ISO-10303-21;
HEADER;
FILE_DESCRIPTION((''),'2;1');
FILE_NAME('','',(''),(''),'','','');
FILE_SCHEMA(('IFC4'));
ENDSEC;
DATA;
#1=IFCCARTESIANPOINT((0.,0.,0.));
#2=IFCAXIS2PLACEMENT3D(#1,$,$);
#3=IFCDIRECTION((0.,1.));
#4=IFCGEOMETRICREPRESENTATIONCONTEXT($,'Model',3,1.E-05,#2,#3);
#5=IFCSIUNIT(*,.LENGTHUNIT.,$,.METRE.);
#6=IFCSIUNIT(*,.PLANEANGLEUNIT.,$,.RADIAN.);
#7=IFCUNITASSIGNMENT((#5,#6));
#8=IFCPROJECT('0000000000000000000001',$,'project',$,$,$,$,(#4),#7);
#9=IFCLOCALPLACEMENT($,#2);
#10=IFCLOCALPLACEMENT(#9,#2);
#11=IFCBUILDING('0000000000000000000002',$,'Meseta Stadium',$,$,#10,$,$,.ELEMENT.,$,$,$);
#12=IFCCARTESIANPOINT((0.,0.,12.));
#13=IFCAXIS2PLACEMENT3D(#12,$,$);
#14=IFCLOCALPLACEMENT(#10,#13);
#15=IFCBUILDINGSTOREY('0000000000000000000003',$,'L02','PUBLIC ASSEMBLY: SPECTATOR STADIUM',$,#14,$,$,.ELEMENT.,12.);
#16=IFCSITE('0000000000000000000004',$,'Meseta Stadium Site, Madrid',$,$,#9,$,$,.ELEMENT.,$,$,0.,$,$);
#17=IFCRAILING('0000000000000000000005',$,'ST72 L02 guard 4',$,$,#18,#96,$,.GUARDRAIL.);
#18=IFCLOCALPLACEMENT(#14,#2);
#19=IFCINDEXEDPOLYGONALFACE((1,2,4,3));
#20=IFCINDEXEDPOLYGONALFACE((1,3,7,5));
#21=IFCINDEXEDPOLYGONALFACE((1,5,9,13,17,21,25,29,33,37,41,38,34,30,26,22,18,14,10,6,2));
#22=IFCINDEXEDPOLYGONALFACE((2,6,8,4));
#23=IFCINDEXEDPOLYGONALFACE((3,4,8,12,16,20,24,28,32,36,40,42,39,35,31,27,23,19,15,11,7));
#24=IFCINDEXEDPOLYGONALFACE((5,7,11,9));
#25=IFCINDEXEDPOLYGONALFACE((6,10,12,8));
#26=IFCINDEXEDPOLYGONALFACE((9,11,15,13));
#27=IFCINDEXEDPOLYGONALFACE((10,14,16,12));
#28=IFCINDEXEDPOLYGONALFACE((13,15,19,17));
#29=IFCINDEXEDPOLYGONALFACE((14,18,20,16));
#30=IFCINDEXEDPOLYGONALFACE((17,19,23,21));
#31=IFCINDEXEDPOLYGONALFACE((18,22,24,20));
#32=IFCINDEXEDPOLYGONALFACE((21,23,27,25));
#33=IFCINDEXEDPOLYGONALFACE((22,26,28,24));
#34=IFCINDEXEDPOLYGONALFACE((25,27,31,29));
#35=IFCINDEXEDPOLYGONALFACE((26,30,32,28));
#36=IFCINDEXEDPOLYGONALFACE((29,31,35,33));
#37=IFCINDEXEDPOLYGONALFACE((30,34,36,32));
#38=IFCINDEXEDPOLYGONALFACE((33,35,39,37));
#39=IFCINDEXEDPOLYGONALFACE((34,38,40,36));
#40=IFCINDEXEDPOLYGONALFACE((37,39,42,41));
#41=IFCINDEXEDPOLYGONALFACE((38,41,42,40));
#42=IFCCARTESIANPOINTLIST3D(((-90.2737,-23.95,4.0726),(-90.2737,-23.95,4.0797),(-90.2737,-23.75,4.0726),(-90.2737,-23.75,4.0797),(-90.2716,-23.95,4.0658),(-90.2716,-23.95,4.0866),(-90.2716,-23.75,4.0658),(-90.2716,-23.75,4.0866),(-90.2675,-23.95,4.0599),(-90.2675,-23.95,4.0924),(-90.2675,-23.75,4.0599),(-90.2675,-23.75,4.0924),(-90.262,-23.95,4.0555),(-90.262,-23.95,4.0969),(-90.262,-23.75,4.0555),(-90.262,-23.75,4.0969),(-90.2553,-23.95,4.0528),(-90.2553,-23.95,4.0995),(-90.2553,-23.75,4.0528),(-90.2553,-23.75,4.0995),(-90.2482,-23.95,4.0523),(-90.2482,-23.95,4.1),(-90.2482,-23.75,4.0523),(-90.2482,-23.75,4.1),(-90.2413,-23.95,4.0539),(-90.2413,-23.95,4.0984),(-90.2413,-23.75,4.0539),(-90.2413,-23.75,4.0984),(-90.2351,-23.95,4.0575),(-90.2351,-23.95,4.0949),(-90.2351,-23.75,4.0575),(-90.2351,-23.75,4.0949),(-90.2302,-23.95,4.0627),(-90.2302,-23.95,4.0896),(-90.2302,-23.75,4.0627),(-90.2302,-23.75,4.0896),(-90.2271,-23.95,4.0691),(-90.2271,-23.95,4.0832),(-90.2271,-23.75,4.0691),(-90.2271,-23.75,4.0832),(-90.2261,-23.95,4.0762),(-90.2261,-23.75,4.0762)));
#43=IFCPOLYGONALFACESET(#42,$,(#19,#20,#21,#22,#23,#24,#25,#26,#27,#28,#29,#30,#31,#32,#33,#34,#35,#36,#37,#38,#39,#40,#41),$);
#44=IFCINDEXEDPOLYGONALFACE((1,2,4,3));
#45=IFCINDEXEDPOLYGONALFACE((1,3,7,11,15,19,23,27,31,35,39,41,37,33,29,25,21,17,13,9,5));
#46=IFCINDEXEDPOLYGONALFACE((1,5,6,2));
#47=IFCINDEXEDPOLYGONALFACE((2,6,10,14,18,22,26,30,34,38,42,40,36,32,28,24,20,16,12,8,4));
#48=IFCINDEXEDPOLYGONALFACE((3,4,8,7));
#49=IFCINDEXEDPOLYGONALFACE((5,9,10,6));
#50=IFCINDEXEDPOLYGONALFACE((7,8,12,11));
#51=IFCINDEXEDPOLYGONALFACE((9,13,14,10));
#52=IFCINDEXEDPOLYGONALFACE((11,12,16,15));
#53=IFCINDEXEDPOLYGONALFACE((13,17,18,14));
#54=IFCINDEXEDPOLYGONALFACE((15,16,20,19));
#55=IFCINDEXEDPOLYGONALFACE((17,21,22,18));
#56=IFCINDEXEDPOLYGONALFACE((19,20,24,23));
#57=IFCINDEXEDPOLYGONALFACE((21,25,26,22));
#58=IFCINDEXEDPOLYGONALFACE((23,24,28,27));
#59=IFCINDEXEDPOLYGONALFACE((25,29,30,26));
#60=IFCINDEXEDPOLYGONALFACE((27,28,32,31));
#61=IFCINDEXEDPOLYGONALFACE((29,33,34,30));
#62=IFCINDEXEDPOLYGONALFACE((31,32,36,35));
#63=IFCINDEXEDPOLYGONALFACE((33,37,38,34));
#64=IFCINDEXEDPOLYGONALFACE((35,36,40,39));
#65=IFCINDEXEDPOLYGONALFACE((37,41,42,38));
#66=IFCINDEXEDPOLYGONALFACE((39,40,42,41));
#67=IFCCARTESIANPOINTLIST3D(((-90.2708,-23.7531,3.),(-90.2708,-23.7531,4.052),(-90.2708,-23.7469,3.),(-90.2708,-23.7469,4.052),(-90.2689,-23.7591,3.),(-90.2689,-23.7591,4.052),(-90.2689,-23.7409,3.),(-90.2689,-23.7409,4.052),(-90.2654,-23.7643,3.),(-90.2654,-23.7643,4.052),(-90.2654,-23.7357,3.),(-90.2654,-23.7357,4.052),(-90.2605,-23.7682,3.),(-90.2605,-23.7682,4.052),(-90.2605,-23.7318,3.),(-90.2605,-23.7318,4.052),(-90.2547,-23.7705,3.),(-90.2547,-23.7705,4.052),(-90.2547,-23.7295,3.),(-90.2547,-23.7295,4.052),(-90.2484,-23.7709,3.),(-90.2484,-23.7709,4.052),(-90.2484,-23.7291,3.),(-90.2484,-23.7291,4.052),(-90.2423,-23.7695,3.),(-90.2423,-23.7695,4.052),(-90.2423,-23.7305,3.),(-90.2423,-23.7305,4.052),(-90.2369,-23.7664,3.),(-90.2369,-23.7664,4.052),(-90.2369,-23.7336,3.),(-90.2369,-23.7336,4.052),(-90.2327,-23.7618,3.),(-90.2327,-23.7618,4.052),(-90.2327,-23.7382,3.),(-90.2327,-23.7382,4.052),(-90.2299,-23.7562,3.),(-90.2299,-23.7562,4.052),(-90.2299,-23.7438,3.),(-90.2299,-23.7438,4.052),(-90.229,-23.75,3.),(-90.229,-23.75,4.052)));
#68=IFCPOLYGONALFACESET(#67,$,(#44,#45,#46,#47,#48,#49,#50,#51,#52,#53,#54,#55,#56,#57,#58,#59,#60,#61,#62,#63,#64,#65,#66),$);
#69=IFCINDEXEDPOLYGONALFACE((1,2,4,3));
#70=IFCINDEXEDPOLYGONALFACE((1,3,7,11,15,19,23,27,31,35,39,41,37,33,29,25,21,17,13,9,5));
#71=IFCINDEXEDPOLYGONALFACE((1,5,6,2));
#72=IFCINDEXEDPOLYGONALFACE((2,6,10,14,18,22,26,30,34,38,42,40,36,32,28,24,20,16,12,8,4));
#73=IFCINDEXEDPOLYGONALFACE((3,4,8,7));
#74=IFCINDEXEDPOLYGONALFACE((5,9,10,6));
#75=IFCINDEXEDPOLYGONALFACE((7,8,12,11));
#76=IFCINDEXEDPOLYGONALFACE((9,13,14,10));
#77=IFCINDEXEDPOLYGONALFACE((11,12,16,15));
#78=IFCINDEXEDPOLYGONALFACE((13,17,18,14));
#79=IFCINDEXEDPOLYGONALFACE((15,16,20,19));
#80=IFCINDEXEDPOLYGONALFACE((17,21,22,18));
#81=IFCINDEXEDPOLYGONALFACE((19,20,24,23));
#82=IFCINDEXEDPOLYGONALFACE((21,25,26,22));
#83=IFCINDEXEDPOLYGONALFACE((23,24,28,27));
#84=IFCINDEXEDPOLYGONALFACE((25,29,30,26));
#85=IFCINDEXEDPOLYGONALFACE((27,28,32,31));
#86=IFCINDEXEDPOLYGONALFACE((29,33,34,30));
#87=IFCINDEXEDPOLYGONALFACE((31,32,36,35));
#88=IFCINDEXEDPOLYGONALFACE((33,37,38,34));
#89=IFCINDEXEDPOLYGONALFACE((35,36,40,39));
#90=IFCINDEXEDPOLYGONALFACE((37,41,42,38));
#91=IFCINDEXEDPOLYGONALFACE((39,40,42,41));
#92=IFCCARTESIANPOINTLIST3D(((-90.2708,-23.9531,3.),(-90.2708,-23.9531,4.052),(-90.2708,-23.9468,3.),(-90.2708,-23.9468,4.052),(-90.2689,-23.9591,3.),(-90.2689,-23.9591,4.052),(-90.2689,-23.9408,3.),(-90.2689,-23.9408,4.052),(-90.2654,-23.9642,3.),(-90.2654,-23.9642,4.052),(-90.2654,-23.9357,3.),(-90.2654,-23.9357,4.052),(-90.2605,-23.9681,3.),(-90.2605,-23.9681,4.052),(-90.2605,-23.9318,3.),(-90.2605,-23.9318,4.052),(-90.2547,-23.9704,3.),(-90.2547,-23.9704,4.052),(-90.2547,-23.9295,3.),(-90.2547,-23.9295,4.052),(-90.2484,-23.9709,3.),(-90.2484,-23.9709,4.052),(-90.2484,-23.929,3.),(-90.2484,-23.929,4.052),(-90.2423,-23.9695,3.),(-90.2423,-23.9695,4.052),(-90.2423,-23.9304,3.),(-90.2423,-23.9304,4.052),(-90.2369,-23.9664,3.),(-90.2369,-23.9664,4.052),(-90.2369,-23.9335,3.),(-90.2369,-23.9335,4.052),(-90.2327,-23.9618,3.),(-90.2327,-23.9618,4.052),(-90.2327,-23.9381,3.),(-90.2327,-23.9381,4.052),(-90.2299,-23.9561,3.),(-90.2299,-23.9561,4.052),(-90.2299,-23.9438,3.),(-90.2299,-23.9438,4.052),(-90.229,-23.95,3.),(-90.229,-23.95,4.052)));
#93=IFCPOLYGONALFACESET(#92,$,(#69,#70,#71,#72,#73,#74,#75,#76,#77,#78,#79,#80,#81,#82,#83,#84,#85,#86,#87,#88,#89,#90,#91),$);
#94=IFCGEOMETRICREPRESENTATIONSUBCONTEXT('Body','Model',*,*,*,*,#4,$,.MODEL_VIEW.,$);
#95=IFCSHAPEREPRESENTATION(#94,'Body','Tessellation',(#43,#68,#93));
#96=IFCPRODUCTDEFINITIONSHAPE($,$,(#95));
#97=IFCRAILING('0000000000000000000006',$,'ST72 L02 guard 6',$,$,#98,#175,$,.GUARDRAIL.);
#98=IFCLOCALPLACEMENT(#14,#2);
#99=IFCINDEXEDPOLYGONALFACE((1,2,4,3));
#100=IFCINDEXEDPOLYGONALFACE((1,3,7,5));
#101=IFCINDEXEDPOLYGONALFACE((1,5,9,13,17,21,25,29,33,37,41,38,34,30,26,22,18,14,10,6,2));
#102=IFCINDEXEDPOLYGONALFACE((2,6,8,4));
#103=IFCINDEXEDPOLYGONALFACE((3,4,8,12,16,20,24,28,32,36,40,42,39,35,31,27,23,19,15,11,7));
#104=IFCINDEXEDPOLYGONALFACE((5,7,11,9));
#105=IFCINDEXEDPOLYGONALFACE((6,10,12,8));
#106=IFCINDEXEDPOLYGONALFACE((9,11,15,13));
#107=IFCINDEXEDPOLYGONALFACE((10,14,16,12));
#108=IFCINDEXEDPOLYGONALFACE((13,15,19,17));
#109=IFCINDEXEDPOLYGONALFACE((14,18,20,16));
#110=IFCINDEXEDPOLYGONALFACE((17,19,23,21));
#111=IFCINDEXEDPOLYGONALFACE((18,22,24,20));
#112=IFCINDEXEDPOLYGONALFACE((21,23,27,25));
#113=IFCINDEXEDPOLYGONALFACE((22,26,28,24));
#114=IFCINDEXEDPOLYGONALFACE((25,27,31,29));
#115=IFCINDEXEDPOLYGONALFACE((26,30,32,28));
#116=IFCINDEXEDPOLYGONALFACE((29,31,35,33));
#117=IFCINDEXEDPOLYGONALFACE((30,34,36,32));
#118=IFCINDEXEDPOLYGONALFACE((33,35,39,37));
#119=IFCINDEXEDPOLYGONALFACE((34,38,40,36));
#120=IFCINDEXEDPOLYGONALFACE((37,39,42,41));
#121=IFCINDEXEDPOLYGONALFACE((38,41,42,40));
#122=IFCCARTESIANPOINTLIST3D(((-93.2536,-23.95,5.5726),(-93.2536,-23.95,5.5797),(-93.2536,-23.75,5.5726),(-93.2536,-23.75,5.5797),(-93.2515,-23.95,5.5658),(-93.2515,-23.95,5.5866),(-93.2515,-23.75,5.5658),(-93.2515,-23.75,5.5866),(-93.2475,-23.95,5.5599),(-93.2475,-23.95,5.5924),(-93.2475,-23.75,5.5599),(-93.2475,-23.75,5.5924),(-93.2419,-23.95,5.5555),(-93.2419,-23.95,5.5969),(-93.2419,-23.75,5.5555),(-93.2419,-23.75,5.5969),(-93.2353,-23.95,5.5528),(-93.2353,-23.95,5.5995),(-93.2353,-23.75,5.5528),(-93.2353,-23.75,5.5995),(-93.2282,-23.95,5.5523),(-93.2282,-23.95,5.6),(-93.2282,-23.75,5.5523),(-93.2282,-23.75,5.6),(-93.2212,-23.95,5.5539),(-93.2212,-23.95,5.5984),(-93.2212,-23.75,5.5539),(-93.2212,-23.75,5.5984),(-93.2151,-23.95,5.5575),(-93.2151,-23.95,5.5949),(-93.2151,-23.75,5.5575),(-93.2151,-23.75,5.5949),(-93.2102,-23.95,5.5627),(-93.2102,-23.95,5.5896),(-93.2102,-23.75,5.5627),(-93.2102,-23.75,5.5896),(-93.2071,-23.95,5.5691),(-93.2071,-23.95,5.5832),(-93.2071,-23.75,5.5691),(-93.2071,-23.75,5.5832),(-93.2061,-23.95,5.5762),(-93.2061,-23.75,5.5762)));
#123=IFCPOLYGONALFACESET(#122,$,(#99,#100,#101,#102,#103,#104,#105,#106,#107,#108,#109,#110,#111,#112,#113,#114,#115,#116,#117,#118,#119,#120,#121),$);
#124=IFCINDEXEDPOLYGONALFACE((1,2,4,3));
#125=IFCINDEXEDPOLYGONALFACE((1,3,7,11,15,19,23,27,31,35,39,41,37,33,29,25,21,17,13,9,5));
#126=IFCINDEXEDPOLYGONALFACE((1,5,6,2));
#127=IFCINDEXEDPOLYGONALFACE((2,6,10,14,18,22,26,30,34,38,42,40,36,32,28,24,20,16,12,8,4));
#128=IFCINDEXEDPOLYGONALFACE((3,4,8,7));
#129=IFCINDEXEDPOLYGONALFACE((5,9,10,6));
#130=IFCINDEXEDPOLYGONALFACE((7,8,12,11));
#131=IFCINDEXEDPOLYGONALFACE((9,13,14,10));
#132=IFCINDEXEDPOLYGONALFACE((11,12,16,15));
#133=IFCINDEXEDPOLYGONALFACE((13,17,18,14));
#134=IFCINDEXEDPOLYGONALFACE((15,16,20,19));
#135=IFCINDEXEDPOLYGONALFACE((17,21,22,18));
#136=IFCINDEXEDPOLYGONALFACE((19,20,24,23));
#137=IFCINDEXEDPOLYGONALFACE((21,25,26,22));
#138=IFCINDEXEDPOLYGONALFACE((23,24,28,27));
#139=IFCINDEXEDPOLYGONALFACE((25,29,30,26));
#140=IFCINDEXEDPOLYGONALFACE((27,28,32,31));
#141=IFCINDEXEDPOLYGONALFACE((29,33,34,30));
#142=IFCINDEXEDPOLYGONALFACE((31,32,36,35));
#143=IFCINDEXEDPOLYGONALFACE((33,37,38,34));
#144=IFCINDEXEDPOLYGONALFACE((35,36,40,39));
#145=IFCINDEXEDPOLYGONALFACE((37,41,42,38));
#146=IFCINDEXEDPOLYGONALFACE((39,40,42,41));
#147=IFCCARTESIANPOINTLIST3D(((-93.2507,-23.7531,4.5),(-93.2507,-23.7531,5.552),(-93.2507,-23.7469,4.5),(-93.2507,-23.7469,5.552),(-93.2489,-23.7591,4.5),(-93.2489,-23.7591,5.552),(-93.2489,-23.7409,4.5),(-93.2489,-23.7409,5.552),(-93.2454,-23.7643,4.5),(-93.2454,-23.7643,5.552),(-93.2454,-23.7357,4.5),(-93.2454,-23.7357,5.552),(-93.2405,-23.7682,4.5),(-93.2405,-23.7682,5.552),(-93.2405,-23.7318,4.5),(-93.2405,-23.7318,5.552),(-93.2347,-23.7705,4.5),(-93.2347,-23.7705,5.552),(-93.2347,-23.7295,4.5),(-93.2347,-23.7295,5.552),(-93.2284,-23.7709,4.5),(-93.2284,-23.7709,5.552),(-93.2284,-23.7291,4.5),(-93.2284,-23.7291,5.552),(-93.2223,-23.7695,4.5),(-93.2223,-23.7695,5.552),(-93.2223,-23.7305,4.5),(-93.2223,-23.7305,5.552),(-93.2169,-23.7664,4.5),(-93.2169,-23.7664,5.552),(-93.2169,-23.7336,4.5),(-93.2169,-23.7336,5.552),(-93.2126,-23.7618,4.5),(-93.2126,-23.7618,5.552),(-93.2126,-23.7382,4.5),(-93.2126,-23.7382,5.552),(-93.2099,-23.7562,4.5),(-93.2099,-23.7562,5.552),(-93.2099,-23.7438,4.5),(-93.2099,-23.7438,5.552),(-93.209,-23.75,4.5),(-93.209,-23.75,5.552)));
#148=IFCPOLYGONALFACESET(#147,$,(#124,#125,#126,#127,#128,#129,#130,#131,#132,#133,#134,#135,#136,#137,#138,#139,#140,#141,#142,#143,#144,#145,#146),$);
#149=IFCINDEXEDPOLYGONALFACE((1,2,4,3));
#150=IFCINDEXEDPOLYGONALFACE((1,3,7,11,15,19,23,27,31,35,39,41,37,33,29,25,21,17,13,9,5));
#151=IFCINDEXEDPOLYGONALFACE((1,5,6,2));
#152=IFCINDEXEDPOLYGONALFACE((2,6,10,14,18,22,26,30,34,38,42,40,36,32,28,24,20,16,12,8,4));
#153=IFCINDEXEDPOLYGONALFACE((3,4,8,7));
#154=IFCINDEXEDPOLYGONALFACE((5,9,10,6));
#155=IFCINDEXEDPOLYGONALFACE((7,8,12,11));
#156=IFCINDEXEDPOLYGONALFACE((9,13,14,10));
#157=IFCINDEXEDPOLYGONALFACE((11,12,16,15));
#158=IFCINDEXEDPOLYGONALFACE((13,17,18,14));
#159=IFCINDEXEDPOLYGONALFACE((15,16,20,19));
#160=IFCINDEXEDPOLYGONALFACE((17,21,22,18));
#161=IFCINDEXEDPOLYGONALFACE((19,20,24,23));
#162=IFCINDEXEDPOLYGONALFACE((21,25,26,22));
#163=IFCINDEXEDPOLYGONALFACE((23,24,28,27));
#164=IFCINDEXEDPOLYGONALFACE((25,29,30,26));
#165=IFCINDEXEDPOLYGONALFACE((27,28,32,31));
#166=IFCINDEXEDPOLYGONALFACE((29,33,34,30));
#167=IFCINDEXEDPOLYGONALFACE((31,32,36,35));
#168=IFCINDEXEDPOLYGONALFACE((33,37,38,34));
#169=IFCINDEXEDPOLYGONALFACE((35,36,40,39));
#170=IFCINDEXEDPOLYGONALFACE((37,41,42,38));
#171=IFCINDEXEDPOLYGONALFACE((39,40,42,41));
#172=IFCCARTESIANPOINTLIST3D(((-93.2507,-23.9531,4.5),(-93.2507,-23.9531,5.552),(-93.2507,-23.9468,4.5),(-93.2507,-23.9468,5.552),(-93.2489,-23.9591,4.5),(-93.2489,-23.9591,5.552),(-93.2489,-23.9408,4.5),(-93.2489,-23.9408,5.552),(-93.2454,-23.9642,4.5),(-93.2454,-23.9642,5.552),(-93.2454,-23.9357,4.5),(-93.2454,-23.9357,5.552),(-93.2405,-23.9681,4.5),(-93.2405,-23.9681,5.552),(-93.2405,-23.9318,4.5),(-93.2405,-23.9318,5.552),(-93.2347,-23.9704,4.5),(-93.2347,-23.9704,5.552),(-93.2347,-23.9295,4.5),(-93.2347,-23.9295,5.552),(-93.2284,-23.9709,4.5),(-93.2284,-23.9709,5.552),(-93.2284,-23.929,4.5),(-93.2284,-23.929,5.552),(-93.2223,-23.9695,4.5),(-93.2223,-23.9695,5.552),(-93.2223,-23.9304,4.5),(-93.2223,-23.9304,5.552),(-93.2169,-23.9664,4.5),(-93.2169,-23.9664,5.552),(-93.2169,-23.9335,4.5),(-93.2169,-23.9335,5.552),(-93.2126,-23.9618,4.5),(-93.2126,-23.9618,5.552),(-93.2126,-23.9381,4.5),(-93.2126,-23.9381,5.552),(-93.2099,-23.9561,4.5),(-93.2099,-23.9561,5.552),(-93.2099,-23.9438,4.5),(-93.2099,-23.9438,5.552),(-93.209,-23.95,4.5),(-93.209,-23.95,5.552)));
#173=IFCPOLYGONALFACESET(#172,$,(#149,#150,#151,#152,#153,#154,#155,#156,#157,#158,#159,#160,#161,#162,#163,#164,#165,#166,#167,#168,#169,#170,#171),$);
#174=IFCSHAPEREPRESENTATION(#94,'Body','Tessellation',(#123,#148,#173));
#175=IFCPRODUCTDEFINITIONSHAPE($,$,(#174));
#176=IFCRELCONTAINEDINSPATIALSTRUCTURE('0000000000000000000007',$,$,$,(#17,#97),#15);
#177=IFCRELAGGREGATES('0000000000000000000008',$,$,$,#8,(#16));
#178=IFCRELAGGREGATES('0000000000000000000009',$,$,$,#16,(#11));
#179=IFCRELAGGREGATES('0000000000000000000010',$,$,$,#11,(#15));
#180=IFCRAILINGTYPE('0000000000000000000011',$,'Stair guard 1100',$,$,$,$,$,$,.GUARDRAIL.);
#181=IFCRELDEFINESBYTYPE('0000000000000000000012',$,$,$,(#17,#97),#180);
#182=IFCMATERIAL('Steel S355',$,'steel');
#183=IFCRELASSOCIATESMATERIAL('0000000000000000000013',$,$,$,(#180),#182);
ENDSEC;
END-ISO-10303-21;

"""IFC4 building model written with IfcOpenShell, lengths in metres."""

from ifc_helpers import new_model, si_unit, direction, frame, origin, origin_2d, place, context, subcontext, project, spatial, circle, extrude, material, type_object, element, save


model = new_model("IFC4")

# Units and contexts
model_context = context("Model", 3, precision=1e-05, world=origin(), true_north=direction((0.0, 1.0)))
body_context = subcontext(model_context, "Body", "Model", "MODEL_VIEW")
ifc_project = project(units=[si_unit("LENGTHUNIT", "METRE"), si_unit("PLANEANGLEUNIT", "RADIAN")], contexts=[model_context])

# Site, building, storey
site_placement = place(None, origin())
site = spatial("IfcSite", under=ifc_project, at=site_placement, Name="Meseta Stadium Site, Madrid", CompositionType="ELEMENT", RefElevation=0.0)
building_placement = place(site_placement, origin())
building = spatial("IfcBuilding", under=site, at=building_placement, Name="Meseta Stadium", CompositionType="ELEMENT")
storey_placement = place(building_placement, frame((0.0, 0.0, 12.0)))
storey = spatial("IfcBuildingStorey", under=building, at=storey_placement, Name="L02", Description="PUBLIC ASSEMBLY: SPECTATOR STADIUM", CompositionType="ELEMENT", Elevation=12.0)

# Railings
ifc_material_1 = material(Name="Steel S355", Category="steel")
railing_type_1 = type_object("IfcRailingType", Name="Stair guard 1100", PredefinedType="GUARDRAIL", material=ifc_material_1)
for number, where, name in (
    (1, (-90.25, -23.75, 3.0), "ST72 L02 guard 4"),
    (2, (-93.23, -23.75, 4.5), "ST72 L02 guard 6"),
):
    element("IfcRailing", number, at=place(storey_placement, frame(where)), inside=storey, type_object=railing_type_1, Name=name, PredefinedType="GUARDRAIL", context=body_context, shape_type="SweptSolid", body=[
        extrude(circle(Radius=0.0239, at=origin_2d()), frame((0.0, 0.0, 1.0762), z_axis=(0.0, -1.0, 0.0), x_axis=(1.0, 0.0, 0.0)), (0.0, 0.0, 1.0), 0.2),
        extrude(circle(Radius=0.021, at=origin_2d()), origin(), (0.0, 0.0, 1.0), 1.052),
        extrude(circle(Radius=0.021, at=origin_2d()), frame((0.0, -0.2, 0.0)), (0.0, 0.0, 1.0), 1.052),
    ])

save(model, "model.ifc")
